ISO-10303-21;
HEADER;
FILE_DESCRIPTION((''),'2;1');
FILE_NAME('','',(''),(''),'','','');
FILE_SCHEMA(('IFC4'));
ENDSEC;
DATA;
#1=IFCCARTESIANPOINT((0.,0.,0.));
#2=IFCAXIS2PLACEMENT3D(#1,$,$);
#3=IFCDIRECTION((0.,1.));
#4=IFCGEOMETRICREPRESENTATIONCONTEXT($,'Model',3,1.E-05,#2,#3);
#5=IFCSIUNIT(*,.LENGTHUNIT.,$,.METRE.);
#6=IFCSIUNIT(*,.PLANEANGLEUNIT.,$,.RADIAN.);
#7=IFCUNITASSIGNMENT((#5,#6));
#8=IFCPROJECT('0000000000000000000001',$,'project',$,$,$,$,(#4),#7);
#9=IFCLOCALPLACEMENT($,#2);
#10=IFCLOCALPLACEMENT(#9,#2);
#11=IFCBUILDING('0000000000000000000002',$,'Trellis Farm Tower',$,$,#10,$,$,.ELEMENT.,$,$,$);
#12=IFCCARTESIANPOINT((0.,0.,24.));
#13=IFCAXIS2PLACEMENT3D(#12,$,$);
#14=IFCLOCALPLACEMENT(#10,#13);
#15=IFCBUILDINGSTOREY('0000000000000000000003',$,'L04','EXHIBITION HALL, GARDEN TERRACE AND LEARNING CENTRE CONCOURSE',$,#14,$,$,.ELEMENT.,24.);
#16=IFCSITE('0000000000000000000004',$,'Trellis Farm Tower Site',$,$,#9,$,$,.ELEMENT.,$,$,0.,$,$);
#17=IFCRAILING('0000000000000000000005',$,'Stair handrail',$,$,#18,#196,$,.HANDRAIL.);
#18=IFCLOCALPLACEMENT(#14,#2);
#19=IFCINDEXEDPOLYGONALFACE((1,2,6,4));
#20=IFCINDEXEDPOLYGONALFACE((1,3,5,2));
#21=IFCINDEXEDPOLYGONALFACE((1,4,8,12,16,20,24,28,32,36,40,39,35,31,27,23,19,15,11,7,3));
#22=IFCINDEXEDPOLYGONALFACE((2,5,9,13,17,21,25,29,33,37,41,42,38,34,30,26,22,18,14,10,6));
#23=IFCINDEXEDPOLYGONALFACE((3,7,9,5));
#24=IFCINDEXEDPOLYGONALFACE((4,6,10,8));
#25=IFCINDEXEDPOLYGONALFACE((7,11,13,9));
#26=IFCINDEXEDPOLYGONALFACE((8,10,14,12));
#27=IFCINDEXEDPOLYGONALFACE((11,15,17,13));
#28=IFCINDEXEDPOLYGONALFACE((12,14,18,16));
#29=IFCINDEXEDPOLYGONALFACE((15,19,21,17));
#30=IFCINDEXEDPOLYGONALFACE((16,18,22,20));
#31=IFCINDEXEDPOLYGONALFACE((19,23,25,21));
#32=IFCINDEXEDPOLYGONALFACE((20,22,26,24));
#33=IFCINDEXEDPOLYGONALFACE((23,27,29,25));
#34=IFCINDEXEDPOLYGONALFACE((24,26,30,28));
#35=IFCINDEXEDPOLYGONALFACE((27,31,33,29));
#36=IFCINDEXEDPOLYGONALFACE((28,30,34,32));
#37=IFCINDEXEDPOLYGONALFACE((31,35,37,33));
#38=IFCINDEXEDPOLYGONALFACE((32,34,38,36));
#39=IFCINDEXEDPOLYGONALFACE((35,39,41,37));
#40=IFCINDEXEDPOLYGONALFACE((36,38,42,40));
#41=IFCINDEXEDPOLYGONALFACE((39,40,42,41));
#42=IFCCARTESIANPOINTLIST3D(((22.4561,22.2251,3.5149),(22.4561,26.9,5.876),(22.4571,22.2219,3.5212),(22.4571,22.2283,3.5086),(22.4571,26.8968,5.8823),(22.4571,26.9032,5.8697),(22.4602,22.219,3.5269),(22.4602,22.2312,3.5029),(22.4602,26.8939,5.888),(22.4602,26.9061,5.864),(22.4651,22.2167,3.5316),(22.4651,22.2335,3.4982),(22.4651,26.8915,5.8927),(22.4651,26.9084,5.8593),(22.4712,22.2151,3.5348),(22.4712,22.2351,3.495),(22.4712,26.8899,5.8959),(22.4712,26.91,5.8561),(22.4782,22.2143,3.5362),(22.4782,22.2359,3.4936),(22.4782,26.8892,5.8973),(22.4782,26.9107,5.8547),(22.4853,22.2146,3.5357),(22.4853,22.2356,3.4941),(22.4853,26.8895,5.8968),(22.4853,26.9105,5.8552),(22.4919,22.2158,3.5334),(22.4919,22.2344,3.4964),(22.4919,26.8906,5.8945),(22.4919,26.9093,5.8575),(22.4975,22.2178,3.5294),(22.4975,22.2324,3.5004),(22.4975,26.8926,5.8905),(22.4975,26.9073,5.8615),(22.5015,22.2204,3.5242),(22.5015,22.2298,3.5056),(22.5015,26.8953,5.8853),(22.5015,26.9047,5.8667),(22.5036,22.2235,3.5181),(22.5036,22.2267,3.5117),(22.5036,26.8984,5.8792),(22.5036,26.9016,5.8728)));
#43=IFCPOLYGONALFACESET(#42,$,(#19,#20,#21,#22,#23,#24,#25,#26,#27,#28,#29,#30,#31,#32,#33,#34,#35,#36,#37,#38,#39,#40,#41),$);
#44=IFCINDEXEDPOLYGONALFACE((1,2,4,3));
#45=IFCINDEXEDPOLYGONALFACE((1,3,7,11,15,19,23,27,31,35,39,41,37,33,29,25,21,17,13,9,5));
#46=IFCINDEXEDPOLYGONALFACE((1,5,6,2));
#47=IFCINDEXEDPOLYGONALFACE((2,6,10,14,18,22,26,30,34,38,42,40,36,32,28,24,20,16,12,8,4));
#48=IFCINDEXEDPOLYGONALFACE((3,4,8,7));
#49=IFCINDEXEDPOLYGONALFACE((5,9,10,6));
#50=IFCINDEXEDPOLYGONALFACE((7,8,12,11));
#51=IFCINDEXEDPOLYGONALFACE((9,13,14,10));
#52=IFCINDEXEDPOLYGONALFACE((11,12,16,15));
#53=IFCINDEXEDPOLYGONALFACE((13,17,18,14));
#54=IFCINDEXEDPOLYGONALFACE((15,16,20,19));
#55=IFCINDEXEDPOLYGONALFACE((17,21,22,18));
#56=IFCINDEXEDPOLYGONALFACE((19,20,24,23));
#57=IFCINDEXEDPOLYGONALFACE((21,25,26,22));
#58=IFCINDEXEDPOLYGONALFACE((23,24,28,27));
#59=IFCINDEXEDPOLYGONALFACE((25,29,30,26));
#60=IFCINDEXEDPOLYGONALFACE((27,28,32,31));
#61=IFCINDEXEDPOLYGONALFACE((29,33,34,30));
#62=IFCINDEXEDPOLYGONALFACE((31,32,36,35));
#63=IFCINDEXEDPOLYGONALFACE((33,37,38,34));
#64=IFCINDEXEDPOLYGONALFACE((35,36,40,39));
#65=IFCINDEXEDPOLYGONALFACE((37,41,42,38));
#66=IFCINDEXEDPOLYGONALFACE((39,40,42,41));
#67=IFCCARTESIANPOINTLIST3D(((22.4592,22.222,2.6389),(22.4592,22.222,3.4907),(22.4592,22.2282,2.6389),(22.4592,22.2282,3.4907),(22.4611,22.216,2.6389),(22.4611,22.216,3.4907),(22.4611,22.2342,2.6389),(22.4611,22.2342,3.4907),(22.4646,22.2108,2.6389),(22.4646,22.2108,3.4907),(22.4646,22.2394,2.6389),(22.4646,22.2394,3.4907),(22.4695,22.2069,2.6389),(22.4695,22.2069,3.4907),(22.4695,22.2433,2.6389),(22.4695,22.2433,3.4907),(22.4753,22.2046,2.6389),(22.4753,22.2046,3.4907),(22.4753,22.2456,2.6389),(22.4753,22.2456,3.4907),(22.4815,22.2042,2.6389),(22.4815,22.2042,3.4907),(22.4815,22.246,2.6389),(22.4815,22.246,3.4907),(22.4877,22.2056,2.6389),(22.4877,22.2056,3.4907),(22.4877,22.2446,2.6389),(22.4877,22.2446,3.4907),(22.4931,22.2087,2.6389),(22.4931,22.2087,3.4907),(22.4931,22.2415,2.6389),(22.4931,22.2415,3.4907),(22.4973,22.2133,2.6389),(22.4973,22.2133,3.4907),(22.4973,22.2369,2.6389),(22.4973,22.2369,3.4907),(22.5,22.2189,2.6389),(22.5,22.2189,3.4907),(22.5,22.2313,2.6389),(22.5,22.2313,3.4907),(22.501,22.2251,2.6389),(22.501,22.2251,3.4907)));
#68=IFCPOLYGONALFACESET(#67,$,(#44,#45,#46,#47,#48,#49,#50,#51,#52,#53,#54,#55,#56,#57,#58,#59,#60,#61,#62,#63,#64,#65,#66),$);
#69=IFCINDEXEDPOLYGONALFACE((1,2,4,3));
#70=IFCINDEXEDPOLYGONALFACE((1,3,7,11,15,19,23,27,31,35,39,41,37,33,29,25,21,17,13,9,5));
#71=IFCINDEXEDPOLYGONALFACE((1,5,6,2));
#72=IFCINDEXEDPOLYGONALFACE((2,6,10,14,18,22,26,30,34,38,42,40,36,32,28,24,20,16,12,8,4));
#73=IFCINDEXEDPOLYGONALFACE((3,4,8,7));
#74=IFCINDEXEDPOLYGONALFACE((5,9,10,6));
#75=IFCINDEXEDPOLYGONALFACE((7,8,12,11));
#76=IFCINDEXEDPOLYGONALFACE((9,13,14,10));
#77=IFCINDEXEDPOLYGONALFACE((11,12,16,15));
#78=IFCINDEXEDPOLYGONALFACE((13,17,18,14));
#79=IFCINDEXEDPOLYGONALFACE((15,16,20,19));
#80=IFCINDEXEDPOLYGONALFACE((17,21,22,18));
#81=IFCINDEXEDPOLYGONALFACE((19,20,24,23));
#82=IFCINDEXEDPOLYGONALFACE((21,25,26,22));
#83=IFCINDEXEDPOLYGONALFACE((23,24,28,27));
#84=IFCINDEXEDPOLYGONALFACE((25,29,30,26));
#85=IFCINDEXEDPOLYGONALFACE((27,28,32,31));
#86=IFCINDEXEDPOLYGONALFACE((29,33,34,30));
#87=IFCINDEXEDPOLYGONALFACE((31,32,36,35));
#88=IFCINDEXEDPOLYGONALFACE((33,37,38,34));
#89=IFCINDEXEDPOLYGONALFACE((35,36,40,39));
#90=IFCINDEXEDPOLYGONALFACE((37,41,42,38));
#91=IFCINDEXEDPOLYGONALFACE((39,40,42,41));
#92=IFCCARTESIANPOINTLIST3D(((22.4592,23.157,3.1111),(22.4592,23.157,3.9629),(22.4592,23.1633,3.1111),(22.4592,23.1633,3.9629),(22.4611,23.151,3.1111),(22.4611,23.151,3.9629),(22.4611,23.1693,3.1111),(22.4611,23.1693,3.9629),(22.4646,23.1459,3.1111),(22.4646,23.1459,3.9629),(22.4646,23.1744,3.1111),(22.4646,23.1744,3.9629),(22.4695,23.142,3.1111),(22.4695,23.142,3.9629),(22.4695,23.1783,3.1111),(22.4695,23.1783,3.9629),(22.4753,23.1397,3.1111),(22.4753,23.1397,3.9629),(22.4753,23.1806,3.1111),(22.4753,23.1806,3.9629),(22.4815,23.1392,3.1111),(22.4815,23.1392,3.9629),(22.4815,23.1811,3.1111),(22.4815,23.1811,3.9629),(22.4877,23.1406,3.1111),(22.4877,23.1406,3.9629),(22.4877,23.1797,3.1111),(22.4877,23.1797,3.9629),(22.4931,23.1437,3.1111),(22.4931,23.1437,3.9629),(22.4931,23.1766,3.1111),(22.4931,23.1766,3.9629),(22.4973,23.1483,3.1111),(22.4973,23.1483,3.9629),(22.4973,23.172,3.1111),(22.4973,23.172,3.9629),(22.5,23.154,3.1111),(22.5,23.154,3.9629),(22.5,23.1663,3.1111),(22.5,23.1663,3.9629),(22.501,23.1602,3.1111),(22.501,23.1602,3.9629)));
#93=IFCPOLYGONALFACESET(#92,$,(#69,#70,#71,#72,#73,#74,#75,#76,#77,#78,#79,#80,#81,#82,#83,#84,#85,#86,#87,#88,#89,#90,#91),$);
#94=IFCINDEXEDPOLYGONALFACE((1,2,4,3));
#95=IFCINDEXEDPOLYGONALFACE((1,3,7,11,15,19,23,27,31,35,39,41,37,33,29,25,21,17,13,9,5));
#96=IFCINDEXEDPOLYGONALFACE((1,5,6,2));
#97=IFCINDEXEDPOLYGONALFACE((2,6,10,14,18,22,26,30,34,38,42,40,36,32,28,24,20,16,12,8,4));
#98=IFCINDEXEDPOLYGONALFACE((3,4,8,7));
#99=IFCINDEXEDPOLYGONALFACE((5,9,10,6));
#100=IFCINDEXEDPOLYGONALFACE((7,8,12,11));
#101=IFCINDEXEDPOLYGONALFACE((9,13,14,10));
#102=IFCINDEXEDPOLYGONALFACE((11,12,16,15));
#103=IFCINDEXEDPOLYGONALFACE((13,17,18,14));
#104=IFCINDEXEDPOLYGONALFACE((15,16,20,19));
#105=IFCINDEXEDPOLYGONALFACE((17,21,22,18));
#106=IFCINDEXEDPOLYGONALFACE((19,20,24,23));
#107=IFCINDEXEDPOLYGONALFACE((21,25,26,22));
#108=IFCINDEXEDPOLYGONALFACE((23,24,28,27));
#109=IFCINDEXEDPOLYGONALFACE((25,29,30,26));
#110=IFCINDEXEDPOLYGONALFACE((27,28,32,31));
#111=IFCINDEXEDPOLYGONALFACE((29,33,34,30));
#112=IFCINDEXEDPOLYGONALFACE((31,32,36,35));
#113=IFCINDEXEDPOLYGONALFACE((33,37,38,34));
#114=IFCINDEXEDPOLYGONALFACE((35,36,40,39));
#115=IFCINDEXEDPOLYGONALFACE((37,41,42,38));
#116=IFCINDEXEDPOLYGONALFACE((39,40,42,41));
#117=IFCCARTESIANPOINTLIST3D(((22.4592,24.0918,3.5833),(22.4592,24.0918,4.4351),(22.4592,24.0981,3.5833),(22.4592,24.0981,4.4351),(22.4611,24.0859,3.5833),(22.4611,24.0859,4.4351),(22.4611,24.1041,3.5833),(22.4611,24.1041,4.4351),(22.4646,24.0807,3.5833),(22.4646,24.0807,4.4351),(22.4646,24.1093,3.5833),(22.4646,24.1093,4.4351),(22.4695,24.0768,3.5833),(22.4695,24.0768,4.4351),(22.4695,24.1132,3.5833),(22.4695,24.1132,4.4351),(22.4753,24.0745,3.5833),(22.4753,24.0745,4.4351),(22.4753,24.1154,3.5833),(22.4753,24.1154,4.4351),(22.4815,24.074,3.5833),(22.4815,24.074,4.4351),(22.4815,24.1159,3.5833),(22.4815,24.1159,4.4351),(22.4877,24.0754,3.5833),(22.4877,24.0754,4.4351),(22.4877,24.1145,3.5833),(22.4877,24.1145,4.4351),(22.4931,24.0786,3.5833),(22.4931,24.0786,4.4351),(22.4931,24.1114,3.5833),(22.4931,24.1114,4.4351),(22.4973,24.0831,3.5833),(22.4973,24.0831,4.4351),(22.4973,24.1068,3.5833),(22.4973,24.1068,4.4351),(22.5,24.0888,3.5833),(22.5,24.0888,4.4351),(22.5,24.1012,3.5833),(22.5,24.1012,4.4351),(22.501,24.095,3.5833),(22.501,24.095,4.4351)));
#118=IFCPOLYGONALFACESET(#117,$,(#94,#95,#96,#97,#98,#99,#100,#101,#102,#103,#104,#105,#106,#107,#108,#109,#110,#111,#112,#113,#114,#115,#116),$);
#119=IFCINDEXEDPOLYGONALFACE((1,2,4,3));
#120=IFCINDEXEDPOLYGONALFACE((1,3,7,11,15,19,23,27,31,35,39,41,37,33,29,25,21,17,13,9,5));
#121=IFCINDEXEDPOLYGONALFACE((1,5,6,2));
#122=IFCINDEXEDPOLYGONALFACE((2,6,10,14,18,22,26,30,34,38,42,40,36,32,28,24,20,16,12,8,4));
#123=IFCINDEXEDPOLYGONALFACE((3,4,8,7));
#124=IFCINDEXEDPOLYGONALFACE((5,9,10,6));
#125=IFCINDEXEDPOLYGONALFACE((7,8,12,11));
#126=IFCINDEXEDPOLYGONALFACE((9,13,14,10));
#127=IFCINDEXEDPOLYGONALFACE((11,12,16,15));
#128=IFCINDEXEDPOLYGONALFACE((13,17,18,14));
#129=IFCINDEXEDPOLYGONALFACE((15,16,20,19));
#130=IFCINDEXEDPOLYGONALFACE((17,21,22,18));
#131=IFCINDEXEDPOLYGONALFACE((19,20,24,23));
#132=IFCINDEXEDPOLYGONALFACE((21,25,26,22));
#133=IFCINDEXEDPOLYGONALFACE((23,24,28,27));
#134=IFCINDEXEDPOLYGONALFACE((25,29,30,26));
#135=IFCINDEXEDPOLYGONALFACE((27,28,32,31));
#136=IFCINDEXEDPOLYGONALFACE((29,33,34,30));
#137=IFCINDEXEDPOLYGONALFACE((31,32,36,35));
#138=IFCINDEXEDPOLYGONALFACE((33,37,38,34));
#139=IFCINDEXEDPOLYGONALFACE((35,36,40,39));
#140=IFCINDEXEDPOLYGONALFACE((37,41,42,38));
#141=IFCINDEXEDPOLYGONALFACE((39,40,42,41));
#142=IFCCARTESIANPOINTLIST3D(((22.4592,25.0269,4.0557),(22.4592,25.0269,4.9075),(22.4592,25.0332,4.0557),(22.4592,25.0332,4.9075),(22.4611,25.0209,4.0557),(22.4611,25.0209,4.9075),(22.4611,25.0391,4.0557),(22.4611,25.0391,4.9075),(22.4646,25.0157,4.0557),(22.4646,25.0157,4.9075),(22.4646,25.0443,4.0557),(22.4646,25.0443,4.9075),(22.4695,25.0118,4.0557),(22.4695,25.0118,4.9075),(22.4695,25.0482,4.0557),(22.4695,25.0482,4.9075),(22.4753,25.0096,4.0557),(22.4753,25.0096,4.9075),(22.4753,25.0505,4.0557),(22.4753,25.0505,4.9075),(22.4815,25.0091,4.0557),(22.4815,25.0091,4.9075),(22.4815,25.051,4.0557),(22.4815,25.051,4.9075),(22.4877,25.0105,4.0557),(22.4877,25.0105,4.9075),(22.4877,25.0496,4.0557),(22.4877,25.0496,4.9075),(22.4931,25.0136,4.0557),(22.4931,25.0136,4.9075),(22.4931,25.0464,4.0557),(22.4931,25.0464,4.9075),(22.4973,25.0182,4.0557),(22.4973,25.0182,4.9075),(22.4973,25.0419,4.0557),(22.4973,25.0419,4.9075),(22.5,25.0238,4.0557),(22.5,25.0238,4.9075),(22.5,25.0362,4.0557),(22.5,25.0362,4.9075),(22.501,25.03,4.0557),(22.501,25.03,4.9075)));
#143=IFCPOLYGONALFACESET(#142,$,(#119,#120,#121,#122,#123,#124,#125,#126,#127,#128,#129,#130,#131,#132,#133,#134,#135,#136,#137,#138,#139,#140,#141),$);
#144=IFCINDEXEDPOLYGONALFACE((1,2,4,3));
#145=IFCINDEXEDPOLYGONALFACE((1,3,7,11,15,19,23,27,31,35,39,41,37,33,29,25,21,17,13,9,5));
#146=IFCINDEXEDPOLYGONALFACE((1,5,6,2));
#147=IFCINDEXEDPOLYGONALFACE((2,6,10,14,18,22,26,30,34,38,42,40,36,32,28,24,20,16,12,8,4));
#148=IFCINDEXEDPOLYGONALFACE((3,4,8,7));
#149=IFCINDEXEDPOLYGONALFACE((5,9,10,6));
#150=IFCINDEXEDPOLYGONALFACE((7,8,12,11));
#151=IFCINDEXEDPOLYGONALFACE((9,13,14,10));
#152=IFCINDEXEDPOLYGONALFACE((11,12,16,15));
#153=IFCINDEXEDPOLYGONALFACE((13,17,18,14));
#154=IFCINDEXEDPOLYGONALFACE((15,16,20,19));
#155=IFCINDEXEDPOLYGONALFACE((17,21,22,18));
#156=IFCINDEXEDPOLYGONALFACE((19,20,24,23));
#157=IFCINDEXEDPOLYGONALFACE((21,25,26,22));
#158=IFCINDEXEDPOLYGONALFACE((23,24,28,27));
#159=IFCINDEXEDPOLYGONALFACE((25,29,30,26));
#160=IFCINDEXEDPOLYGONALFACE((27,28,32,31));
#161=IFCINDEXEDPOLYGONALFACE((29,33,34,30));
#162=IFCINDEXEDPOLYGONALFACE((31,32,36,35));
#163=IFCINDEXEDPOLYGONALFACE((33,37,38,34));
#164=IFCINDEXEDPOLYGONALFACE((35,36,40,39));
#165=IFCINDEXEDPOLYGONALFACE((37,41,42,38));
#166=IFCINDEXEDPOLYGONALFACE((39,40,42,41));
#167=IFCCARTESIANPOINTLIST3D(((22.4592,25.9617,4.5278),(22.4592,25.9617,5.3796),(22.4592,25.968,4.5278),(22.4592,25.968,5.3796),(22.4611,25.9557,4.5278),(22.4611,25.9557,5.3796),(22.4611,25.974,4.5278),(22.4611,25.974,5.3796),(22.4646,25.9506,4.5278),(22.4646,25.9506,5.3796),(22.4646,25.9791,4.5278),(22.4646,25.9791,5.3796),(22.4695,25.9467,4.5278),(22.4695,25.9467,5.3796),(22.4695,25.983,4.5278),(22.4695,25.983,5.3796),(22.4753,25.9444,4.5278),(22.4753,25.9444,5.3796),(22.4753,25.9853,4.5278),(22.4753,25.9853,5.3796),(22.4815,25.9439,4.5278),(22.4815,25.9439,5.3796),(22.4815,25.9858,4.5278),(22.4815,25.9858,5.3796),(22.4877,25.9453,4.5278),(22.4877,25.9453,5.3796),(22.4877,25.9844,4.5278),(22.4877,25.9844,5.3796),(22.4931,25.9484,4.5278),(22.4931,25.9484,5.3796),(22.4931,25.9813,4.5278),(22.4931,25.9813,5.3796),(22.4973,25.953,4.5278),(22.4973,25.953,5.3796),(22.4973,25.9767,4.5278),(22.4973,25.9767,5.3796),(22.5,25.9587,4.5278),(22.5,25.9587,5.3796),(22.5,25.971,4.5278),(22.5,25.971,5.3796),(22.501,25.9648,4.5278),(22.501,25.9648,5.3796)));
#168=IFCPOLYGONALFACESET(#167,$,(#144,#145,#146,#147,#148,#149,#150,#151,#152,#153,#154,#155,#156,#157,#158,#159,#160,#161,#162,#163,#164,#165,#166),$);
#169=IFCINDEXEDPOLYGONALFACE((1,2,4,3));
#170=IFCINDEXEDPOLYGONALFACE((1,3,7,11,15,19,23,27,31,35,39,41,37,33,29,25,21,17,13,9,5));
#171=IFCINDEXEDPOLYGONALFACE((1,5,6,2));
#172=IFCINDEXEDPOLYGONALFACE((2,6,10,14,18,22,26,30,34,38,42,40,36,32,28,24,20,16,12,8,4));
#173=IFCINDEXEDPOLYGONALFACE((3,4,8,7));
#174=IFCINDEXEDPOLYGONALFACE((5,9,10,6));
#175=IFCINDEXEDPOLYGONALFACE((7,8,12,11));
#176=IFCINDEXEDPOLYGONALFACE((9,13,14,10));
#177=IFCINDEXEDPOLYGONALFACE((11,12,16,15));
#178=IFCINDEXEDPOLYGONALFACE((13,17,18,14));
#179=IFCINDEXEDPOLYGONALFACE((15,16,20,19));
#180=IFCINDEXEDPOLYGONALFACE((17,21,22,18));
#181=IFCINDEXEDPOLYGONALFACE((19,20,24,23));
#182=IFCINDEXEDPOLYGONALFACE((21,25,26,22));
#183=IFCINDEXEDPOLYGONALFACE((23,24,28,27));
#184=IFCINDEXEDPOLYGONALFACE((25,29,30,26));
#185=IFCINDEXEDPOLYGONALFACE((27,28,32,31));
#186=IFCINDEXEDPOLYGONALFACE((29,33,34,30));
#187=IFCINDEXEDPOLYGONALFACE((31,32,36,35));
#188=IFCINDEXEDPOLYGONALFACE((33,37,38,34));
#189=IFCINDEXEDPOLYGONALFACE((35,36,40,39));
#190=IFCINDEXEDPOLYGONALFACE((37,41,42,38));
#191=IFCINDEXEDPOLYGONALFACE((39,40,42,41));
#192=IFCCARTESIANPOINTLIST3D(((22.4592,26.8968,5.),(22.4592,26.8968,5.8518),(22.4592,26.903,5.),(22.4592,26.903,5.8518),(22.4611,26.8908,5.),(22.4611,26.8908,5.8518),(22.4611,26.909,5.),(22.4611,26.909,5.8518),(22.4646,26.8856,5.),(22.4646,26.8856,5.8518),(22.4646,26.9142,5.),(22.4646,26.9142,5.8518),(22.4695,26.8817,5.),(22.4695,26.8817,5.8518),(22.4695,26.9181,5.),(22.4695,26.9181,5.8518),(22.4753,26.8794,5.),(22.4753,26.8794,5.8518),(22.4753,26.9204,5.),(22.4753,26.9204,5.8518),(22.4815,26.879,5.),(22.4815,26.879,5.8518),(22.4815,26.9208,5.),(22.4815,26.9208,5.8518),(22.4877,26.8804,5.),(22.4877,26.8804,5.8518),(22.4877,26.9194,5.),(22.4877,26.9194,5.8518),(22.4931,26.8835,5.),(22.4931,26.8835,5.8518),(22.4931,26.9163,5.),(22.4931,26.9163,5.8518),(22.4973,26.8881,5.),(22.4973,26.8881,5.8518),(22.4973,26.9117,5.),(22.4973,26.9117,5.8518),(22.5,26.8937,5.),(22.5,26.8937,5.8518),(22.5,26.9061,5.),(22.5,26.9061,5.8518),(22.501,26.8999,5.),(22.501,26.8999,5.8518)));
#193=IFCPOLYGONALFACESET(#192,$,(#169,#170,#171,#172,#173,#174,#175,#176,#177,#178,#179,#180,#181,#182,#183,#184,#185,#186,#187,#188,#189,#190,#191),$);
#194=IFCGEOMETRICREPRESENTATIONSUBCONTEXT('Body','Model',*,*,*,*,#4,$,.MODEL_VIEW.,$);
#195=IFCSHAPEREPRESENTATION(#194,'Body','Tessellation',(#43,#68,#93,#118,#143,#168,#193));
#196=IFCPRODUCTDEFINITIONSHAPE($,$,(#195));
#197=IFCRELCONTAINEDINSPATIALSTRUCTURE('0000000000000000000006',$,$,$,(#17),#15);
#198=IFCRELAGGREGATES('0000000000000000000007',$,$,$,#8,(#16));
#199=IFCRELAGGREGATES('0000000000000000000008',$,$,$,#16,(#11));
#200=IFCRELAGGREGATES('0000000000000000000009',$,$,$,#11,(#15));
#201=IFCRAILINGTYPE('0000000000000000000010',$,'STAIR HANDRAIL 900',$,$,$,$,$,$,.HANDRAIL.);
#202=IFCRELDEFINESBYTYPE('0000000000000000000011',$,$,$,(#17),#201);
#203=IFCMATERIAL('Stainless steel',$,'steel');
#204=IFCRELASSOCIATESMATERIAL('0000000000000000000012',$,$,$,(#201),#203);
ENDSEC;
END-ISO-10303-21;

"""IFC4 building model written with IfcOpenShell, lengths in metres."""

from ifc_helpers import new_model, si_unit, direction, frame, origin, origin_2d, place, context, subcontext, project, spatial, circle, extrude, source, transform, mapped, material, type_object, element, save


model = new_model("IFC4")

# Units and contexts
model_context = context("Model", 3, precision=1e-05, world=origin(), true_north=direction((0.0, 1.0)))
body_context = subcontext(model_context, "Body", "Model", "MODEL_VIEW")
ifc_project = project(units=[si_unit("LENGTHUNIT", "METRE"), si_unit("PLANEANGLEUNIT", "RADIAN")], contexts=[model_context])

# Site, building, storey
site_placement = place(None, origin())
site = spatial("IfcSite", under=ifc_project, at=site_placement, Name="Trellis Farm Tower Site", CompositionType="ELEMENT", RefElevation=0.0)
building_placement = place(site_placement, origin())
building = spatial("IfcBuilding", under=site, at=building_placement, Name="Trellis Farm Tower", CompositionType="ELEMENT")
storey_placement = place(building_placement, frame((0.0, 0.0, 24.0)))
storey = spatial("IfcBuildingStorey", under=building, at=storey_placement, Name="L04", Description="EXHIBITION HALL, GARDEN TERRACE AND LEARNING CENTRE CONCOURSE", CompositionType="ELEMENT", Elevation=24.0)

# Railing
ifc_material_1 = material(Name="Stainless steel", Category="steel")
railing_type = type_object("IfcRailingType", Name="STAIR HANDRAIL 900", PredefinedType="HANDRAIL", material=ifc_material_1)
shared_shape_1 = source(origin(), body_context, "Body", "SweptSolid", [
    extrude(circle(Radius=0.0239, at=origin_2d()), frame((0.0, 0.0, 0.876), z_axis=(0.0, 0.892611, 0.450827), x_axis=(-1.0, 0.0, 0.0)), (0.0, 0.0, 1.0), 5.2373),
    extrude(circle(Radius=0.021, at=origin_2d()), origin(), (0.0, 0.0, 1.0), 0.8518),
    extrude(circle(Radius=0.021, at=origin_2d()), frame((0.0, 0.9351, 0.4722)), (0.0, 0.0, 1.0), 0.8518),
    extrude(circle(Radius=0.021, at=origin_2d()), frame((0.0, 1.8699, 0.9443)), (0.0, 0.0, 1.0), 0.8518),
    extrude(circle(Radius=0.021, at=origin_2d()), frame((0.0, 2.8049, 1.4167)), (0.0, 0.0, 1.0), 0.8518),
    extrude(circle(Radius=0.021, at=origin_2d()), frame((0.0, 3.7397, 1.8889)), (0.0, 0.0, 1.0), 0.8518),
    extrude(circle(Radius=0.021, at=origin_2d()), frame((0.0, 4.6748, 2.3611)), (0.0, 0.0, 1.0), 0.8518),
])
for number, where, name in (
    (1, (22.48, 22.2251, 2.6389), "Stair handrail"),
):
    element("IfcRailing", number, at=place(storey_placement, frame(where)), inside=storey, type_object=railing_type, Name=name, PredefinedType="HANDRAIL", context=body_context, shape_type="MappedRepresentation", body=[
        mapped(shared_shape_1, transform((0.0, 0.0, 0.0))),
    ])

save(model, "model.ifc")
